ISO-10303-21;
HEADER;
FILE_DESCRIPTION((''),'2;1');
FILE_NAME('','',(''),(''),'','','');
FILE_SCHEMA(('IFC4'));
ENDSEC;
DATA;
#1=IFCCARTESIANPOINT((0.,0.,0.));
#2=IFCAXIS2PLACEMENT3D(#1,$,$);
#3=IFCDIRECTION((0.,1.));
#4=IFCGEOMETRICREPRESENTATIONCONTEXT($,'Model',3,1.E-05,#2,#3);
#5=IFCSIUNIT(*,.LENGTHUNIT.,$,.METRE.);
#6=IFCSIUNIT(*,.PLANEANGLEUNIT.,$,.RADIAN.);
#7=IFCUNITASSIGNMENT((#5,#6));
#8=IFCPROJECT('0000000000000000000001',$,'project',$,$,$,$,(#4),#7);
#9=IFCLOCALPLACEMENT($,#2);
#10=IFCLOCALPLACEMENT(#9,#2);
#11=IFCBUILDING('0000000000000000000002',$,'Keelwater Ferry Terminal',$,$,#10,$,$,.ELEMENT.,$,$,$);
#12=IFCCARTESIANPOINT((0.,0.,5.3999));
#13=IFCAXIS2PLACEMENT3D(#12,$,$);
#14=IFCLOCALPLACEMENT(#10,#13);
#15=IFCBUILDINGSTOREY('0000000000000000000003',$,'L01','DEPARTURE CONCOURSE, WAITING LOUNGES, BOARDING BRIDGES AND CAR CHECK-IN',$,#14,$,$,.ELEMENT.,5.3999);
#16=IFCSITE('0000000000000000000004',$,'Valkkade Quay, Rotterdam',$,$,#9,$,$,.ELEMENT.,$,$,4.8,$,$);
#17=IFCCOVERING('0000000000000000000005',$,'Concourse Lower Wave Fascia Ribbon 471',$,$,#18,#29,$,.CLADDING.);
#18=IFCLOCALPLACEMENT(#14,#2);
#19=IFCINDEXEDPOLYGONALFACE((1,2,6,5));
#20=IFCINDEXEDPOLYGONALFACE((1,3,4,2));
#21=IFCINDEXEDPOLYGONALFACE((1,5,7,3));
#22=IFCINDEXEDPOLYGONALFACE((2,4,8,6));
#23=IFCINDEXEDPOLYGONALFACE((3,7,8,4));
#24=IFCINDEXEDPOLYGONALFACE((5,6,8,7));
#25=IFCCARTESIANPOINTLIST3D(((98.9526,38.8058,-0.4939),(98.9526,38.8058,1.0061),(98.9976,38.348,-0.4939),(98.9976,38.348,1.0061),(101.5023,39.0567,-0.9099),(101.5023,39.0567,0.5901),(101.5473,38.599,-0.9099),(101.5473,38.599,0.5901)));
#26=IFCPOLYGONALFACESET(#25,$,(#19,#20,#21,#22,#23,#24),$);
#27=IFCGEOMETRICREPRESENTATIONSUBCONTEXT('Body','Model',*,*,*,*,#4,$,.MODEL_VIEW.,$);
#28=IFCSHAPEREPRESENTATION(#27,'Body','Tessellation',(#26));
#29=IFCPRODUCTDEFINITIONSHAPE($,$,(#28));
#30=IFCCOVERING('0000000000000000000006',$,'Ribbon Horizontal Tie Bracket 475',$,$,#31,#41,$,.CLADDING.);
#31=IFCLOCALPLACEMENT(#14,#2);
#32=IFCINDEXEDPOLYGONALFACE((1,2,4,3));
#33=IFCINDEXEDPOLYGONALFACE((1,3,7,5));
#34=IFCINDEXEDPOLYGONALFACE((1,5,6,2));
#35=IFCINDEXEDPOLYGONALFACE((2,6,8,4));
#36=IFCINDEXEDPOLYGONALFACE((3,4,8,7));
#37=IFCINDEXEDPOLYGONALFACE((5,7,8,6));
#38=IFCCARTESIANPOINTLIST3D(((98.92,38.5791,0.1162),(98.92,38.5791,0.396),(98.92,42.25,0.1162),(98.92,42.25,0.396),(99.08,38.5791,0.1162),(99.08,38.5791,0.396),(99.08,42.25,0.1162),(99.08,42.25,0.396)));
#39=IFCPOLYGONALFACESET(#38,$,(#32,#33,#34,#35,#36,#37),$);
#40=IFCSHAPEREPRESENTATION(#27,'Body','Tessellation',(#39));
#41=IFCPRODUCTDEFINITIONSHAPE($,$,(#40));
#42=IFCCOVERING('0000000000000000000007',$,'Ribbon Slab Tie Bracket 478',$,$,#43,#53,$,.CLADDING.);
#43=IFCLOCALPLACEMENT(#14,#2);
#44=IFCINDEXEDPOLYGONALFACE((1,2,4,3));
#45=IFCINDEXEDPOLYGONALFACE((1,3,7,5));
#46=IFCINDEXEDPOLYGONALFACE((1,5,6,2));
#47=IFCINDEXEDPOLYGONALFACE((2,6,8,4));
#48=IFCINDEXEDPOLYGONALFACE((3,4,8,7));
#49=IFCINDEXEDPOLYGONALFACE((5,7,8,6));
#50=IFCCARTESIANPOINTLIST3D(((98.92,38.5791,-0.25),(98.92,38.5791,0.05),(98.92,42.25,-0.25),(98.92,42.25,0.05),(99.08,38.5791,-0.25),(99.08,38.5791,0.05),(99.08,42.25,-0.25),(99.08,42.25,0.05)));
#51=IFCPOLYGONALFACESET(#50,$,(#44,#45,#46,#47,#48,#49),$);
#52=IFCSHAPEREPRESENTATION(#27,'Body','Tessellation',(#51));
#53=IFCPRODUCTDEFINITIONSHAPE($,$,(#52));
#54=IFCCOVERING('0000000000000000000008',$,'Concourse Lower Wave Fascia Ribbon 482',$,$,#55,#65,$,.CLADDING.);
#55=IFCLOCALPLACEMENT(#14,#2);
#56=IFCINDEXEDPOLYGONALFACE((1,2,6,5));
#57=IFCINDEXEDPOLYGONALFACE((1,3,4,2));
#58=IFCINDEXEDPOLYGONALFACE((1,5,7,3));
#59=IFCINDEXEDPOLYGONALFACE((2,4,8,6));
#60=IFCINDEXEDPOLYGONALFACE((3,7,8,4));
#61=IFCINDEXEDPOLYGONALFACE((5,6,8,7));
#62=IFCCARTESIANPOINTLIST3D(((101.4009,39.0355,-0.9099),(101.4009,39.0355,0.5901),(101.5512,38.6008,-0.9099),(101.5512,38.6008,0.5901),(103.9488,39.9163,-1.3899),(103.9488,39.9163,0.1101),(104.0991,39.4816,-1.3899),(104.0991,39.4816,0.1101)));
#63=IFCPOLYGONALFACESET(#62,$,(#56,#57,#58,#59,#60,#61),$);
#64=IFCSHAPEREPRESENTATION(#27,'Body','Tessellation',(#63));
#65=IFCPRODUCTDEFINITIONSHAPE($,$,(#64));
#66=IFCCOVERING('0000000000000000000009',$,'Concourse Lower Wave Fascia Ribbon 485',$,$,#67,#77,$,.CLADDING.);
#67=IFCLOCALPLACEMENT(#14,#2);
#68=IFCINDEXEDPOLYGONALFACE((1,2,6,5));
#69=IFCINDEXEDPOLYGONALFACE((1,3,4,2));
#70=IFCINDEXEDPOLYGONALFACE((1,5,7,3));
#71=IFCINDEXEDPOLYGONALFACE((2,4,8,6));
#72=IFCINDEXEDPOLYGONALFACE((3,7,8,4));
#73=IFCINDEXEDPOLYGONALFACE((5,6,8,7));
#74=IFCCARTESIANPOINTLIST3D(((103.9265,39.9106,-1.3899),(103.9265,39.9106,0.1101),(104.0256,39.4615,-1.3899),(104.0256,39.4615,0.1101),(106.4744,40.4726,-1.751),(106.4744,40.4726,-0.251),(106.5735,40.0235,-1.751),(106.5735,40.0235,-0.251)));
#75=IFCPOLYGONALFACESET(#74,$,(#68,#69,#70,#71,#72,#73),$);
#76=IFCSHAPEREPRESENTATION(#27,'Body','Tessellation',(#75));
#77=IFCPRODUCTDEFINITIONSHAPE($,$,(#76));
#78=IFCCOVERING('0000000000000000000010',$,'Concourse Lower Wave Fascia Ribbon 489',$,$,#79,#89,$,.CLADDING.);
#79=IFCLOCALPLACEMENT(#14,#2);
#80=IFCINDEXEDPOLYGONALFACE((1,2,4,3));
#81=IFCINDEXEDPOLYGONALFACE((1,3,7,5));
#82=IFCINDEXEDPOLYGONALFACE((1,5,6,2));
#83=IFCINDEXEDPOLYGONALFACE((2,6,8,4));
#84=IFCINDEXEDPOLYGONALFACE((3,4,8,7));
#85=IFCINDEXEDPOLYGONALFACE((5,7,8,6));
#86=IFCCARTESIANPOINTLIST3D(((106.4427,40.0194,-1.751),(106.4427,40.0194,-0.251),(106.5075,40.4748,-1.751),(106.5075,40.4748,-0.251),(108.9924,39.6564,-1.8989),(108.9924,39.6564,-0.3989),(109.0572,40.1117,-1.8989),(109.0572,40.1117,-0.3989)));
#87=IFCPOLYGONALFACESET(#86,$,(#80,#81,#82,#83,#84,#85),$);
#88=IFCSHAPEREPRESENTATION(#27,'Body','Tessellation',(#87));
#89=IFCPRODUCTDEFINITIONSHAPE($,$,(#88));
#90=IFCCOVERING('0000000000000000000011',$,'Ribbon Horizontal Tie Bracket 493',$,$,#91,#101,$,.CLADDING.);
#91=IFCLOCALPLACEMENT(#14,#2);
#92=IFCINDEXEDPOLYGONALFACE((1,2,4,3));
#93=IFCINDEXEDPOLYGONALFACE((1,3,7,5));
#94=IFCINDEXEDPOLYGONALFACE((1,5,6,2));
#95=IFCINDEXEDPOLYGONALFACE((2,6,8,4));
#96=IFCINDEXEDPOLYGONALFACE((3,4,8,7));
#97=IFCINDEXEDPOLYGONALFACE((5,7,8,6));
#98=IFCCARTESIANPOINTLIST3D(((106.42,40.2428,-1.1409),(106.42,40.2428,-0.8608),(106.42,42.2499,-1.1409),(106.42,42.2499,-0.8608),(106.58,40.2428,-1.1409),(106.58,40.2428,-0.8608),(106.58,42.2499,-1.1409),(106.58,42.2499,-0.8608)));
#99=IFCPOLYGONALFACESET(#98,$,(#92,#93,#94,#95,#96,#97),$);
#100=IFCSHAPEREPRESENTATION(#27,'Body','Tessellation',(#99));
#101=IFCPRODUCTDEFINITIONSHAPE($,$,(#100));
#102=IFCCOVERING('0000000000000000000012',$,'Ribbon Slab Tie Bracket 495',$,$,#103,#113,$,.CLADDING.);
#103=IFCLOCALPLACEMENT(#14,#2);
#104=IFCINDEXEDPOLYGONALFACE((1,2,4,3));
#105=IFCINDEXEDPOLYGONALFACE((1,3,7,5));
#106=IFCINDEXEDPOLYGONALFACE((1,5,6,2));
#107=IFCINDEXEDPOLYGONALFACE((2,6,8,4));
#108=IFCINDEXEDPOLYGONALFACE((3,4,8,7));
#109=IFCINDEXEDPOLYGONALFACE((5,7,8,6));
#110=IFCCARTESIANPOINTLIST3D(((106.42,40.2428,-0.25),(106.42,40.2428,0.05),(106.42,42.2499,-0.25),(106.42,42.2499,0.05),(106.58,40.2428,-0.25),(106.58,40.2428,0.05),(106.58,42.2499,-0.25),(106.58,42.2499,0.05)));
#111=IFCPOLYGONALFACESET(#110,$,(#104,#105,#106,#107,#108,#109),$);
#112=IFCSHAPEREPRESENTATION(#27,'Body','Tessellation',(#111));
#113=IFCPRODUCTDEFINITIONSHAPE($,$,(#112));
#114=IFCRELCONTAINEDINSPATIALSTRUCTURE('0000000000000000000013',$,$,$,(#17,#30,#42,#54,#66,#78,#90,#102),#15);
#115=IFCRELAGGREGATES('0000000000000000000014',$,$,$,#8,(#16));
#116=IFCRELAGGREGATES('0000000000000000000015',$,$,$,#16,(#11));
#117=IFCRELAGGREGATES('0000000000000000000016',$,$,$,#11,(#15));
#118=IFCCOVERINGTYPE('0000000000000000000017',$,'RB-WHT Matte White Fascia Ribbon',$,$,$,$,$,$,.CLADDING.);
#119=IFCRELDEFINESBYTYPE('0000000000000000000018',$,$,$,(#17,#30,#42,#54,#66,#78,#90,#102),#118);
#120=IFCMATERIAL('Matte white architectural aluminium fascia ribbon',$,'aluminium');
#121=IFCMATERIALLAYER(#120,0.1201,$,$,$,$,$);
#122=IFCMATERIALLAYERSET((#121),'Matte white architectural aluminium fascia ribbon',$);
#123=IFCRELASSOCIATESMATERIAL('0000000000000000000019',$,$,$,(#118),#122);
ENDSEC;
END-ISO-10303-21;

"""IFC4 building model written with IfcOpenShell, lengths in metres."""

from ifc_helpers import new_model, si_unit, direction, frame, frame_2d, origin, place, context, subcontext, project, spatial, polyline, rectangle, outline, extrude, material, layer, layer_set, type_object, element, save


model = new_model("IFC4")

# Units and contexts
model_context = context("Model", 3, precision=1e-05, world=origin(), true_north=direction((0.0, 1.0)))
body_context = subcontext(model_context, "Body", "Model", "MODEL_VIEW")
ifc_project = project(units=[si_unit("LENGTHUNIT", "METRE"), si_unit("PLANEANGLEUNIT", "RADIAN")], contexts=[model_context])

# Site, building, storey
site_placement = place(None, origin())
site = spatial("IfcSite", under=ifc_project, at=site_placement, Name="Valkkade Quay, Rotterdam", CompositionType="ELEMENT", RefElevation=4.8)
building_placement = place(site_placement, origin())
building = spatial("IfcBuilding", under=site, at=building_placement, Name="Keelwater Ferry Terminal", CompositionType="ELEMENT")
storey_placement = place(building_placement, frame((0.0, 0.0, 5.3999)))
storey = spatial("IfcBuildingStorey", under=building, at=storey_placement, Name="L01", Description="DEPARTURE CONCOURSE, WAITING LOUNGES, BOARDING BRIDGES AND CAR CHECK-IN", CompositionType="ELEMENT", Elevation=5.3999)

# Coverings
ifc_material_1 = material(Name="Matte white architectural aluminium fascia ribbon", Category="aluminium")
ifc_layer_1 = layer(ifc_material_1, 0.1201)
ifc_layer_set_1 = layer_set([ifc_layer_1], Name="Matte white architectural aluminium fascia ribbon")
covering_type = type_object("IfcCoveringType", Name="RB-WHT Matte White Fascia Ribbon", PredefinedType="CLADDING", material=ifc_layer_set_1)
covering_1_placement = place(storey_placement, frame((98.9751, 38.5769, -0.9099), z_axis=(0.0, 0.0, 1.0), x_axis=(0.995191, 0.097956, 0.0)))
element("IfcCovering", 1, at=covering_1_placement, inside=storey, type_object=covering_type, Name="Concourse Lower Wave Fascia Ribbon 471", PredefinedType="CLADDING", context=body_context, shape_type="SweptSolid", body=[
    extrude(outline(polyline([(0.0, 0.416), (2.562, 0.0), (2.562, 1.5), (0.0, 1.916), (0.0, 0.416)])), frame((0.0, 0.23, 0.0), z_axis=(0.0, -1.0, 0.0), x_axis=(1.0, 0.0, 0.0)), (0.0, 0.0, 1.0), 0.46),
])
covering_2_placement = place(storey_placement, frame((99.0, 38.5791, 0.1162), z_axis=(0.0, 0.0, 1.0), x_axis=(0.0, 1.0, 0.0)))
element("IfcCovering", 2, at=covering_2_placement, inside=storey, type_object=covering_type, Name="Ribbon Horizontal Tie Bracket 475", PredefinedType="CLADDING", context=body_context, shape_type="SweptSolid", body=[
    extrude(rectangle(XDim=3.6709, YDim=0.1599, at=frame_2d((1.8354, 0.0))), origin(), (0.0, 0.0, 1.0), 0.2798),
])
covering_3_placement = place(storey_placement, frame((99.0, 38.5791, -0.25), z_axis=(0.0, 0.0, 1.0), x_axis=(0.0, 1.0, 0.0)))
element("IfcCovering", 3, at=covering_3_placement, inside=storey, type_object=covering_type, Name="Ribbon Slab Tie Bracket 478", PredefinedType="CLADDING", context=body_context, shape_type="SweptSolid", body=[
    extrude(rectangle(XDim=3.6709, YDim=0.1599, at=frame_2d((1.8354, 0.0))), origin(), (0.0, 0.0, 1.0), 0.3),
])
covering_4_placement = place(storey_placement, frame((101.4761, 38.8181, -1.3899), z_axis=(0.0, 0.0, 1.0), x_axis=(0.945111, 0.32675, 0.0)))
element("IfcCovering", 4, at=covering_4_placement, inside=storey, type_object=covering_type, Name="Concourse Lower Wave Fascia Ribbon 482", PredefinedType="CLADDING", context=body_context, shape_type="SweptSolid", body=[
    extrude(outline(polyline([(0.0, 0.48), (2.6958, 0.0), (2.6958, 1.5), (0.0, 1.98), (0.0, 0.48)])), frame((0.0, 0.23, 0.0), z_axis=(0.0, -1.0, 0.0), x_axis=(1.0, 0.0, 0.0)), (0.0, 0.0, 1.0), 0.46),
])
covering_5_placement = place(storey_placement, frame((103.9761, 39.686, -1.751), z_axis=(0.0, 0.0, 1.0), x_axis=(0.976525, 0.215404, 0.0)))
element("IfcCovering", 5, at=covering_5_placement, inside=storey, type_object=covering_type, Name="Concourse Lower Wave Fascia Ribbon 485", PredefinedType="CLADDING", context=body_context, shape_type="SweptSolid", body=[
    extrude(outline(polyline([(0.0, 0.3611), (2.6091, 0.0), (2.6091, 1.5), (0.0, 1.8611), (0.0, 0.3611)])), frame((0.0, 0.23, 0.0), z_axis=(0.0, -1.0, 0.0), x_axis=(1.0, 0.0, 0.0)), (0.0, 0.0, 1.0), 0.46),
])
covering_6_placement = place(storey_placement, frame((106.4751, 40.2471, -1.8989), z_axis=(0.0, 0.0, 1.0), x_axis=(0.990016, -0.140957, 0.0)))
element("IfcCovering", 6, at=covering_6_placement, inside=storey, type_object=covering_type, Name="Concourse Lower Wave Fascia Ribbon 489", PredefinedType="CLADDING", context=body_context, shape_type="SweptSolid", body=[
    extrude(outline(polyline([(0.0, 0.1479), (2.5754, 0.0), (2.5754, 1.5), (0.0, 1.6479), (0.0, 0.1479)])), frame((0.0, 0.23, 0.0), z_axis=(0.0, -1.0, 0.0), x_axis=(1.0, 0.0, 0.0)), (0.0, 0.0, 1.0), 0.46),
])
covering_7_placement = place(storey_placement, frame((106.5, 40.2429, -1.1409), z_axis=(0.0, 0.0, 1.0), x_axis=(0.0, 1.0, 0.0)))
element("IfcCovering", 7, at=covering_7_placement, inside=storey, type_object=covering_type, Name="Ribbon Horizontal Tie Bracket 493", PredefinedType="CLADDING", context=body_context, shape_type="SweptSolid", body=[
    extrude(rectangle(XDim=2.0071, YDim=0.1599, at=frame_2d((1.0034, 0.0))), origin(), (0.0, 0.0, 1.0), 0.28),
])
covering_8_placement = place(storey_placement, frame((106.5, 40.2429, -0.25), z_axis=(0.0, 0.0, 1.0), x_axis=(0.0, 1.0, 0.0)))
element("IfcCovering", 8, at=covering_8_placement, inside=storey, type_object=covering_type, Name="Ribbon Slab Tie Bracket 495", PredefinedType="CLADDING", context=body_context, shape_type="SweptSolid", body=[
    extrude(rectangle(XDim=2.0071, YDim=0.1599, at=frame_2d((1.0034, 0.0))), origin(), (0.0, 0.0, 1.0), 0.3),
])

save(model, "model.ifc")
